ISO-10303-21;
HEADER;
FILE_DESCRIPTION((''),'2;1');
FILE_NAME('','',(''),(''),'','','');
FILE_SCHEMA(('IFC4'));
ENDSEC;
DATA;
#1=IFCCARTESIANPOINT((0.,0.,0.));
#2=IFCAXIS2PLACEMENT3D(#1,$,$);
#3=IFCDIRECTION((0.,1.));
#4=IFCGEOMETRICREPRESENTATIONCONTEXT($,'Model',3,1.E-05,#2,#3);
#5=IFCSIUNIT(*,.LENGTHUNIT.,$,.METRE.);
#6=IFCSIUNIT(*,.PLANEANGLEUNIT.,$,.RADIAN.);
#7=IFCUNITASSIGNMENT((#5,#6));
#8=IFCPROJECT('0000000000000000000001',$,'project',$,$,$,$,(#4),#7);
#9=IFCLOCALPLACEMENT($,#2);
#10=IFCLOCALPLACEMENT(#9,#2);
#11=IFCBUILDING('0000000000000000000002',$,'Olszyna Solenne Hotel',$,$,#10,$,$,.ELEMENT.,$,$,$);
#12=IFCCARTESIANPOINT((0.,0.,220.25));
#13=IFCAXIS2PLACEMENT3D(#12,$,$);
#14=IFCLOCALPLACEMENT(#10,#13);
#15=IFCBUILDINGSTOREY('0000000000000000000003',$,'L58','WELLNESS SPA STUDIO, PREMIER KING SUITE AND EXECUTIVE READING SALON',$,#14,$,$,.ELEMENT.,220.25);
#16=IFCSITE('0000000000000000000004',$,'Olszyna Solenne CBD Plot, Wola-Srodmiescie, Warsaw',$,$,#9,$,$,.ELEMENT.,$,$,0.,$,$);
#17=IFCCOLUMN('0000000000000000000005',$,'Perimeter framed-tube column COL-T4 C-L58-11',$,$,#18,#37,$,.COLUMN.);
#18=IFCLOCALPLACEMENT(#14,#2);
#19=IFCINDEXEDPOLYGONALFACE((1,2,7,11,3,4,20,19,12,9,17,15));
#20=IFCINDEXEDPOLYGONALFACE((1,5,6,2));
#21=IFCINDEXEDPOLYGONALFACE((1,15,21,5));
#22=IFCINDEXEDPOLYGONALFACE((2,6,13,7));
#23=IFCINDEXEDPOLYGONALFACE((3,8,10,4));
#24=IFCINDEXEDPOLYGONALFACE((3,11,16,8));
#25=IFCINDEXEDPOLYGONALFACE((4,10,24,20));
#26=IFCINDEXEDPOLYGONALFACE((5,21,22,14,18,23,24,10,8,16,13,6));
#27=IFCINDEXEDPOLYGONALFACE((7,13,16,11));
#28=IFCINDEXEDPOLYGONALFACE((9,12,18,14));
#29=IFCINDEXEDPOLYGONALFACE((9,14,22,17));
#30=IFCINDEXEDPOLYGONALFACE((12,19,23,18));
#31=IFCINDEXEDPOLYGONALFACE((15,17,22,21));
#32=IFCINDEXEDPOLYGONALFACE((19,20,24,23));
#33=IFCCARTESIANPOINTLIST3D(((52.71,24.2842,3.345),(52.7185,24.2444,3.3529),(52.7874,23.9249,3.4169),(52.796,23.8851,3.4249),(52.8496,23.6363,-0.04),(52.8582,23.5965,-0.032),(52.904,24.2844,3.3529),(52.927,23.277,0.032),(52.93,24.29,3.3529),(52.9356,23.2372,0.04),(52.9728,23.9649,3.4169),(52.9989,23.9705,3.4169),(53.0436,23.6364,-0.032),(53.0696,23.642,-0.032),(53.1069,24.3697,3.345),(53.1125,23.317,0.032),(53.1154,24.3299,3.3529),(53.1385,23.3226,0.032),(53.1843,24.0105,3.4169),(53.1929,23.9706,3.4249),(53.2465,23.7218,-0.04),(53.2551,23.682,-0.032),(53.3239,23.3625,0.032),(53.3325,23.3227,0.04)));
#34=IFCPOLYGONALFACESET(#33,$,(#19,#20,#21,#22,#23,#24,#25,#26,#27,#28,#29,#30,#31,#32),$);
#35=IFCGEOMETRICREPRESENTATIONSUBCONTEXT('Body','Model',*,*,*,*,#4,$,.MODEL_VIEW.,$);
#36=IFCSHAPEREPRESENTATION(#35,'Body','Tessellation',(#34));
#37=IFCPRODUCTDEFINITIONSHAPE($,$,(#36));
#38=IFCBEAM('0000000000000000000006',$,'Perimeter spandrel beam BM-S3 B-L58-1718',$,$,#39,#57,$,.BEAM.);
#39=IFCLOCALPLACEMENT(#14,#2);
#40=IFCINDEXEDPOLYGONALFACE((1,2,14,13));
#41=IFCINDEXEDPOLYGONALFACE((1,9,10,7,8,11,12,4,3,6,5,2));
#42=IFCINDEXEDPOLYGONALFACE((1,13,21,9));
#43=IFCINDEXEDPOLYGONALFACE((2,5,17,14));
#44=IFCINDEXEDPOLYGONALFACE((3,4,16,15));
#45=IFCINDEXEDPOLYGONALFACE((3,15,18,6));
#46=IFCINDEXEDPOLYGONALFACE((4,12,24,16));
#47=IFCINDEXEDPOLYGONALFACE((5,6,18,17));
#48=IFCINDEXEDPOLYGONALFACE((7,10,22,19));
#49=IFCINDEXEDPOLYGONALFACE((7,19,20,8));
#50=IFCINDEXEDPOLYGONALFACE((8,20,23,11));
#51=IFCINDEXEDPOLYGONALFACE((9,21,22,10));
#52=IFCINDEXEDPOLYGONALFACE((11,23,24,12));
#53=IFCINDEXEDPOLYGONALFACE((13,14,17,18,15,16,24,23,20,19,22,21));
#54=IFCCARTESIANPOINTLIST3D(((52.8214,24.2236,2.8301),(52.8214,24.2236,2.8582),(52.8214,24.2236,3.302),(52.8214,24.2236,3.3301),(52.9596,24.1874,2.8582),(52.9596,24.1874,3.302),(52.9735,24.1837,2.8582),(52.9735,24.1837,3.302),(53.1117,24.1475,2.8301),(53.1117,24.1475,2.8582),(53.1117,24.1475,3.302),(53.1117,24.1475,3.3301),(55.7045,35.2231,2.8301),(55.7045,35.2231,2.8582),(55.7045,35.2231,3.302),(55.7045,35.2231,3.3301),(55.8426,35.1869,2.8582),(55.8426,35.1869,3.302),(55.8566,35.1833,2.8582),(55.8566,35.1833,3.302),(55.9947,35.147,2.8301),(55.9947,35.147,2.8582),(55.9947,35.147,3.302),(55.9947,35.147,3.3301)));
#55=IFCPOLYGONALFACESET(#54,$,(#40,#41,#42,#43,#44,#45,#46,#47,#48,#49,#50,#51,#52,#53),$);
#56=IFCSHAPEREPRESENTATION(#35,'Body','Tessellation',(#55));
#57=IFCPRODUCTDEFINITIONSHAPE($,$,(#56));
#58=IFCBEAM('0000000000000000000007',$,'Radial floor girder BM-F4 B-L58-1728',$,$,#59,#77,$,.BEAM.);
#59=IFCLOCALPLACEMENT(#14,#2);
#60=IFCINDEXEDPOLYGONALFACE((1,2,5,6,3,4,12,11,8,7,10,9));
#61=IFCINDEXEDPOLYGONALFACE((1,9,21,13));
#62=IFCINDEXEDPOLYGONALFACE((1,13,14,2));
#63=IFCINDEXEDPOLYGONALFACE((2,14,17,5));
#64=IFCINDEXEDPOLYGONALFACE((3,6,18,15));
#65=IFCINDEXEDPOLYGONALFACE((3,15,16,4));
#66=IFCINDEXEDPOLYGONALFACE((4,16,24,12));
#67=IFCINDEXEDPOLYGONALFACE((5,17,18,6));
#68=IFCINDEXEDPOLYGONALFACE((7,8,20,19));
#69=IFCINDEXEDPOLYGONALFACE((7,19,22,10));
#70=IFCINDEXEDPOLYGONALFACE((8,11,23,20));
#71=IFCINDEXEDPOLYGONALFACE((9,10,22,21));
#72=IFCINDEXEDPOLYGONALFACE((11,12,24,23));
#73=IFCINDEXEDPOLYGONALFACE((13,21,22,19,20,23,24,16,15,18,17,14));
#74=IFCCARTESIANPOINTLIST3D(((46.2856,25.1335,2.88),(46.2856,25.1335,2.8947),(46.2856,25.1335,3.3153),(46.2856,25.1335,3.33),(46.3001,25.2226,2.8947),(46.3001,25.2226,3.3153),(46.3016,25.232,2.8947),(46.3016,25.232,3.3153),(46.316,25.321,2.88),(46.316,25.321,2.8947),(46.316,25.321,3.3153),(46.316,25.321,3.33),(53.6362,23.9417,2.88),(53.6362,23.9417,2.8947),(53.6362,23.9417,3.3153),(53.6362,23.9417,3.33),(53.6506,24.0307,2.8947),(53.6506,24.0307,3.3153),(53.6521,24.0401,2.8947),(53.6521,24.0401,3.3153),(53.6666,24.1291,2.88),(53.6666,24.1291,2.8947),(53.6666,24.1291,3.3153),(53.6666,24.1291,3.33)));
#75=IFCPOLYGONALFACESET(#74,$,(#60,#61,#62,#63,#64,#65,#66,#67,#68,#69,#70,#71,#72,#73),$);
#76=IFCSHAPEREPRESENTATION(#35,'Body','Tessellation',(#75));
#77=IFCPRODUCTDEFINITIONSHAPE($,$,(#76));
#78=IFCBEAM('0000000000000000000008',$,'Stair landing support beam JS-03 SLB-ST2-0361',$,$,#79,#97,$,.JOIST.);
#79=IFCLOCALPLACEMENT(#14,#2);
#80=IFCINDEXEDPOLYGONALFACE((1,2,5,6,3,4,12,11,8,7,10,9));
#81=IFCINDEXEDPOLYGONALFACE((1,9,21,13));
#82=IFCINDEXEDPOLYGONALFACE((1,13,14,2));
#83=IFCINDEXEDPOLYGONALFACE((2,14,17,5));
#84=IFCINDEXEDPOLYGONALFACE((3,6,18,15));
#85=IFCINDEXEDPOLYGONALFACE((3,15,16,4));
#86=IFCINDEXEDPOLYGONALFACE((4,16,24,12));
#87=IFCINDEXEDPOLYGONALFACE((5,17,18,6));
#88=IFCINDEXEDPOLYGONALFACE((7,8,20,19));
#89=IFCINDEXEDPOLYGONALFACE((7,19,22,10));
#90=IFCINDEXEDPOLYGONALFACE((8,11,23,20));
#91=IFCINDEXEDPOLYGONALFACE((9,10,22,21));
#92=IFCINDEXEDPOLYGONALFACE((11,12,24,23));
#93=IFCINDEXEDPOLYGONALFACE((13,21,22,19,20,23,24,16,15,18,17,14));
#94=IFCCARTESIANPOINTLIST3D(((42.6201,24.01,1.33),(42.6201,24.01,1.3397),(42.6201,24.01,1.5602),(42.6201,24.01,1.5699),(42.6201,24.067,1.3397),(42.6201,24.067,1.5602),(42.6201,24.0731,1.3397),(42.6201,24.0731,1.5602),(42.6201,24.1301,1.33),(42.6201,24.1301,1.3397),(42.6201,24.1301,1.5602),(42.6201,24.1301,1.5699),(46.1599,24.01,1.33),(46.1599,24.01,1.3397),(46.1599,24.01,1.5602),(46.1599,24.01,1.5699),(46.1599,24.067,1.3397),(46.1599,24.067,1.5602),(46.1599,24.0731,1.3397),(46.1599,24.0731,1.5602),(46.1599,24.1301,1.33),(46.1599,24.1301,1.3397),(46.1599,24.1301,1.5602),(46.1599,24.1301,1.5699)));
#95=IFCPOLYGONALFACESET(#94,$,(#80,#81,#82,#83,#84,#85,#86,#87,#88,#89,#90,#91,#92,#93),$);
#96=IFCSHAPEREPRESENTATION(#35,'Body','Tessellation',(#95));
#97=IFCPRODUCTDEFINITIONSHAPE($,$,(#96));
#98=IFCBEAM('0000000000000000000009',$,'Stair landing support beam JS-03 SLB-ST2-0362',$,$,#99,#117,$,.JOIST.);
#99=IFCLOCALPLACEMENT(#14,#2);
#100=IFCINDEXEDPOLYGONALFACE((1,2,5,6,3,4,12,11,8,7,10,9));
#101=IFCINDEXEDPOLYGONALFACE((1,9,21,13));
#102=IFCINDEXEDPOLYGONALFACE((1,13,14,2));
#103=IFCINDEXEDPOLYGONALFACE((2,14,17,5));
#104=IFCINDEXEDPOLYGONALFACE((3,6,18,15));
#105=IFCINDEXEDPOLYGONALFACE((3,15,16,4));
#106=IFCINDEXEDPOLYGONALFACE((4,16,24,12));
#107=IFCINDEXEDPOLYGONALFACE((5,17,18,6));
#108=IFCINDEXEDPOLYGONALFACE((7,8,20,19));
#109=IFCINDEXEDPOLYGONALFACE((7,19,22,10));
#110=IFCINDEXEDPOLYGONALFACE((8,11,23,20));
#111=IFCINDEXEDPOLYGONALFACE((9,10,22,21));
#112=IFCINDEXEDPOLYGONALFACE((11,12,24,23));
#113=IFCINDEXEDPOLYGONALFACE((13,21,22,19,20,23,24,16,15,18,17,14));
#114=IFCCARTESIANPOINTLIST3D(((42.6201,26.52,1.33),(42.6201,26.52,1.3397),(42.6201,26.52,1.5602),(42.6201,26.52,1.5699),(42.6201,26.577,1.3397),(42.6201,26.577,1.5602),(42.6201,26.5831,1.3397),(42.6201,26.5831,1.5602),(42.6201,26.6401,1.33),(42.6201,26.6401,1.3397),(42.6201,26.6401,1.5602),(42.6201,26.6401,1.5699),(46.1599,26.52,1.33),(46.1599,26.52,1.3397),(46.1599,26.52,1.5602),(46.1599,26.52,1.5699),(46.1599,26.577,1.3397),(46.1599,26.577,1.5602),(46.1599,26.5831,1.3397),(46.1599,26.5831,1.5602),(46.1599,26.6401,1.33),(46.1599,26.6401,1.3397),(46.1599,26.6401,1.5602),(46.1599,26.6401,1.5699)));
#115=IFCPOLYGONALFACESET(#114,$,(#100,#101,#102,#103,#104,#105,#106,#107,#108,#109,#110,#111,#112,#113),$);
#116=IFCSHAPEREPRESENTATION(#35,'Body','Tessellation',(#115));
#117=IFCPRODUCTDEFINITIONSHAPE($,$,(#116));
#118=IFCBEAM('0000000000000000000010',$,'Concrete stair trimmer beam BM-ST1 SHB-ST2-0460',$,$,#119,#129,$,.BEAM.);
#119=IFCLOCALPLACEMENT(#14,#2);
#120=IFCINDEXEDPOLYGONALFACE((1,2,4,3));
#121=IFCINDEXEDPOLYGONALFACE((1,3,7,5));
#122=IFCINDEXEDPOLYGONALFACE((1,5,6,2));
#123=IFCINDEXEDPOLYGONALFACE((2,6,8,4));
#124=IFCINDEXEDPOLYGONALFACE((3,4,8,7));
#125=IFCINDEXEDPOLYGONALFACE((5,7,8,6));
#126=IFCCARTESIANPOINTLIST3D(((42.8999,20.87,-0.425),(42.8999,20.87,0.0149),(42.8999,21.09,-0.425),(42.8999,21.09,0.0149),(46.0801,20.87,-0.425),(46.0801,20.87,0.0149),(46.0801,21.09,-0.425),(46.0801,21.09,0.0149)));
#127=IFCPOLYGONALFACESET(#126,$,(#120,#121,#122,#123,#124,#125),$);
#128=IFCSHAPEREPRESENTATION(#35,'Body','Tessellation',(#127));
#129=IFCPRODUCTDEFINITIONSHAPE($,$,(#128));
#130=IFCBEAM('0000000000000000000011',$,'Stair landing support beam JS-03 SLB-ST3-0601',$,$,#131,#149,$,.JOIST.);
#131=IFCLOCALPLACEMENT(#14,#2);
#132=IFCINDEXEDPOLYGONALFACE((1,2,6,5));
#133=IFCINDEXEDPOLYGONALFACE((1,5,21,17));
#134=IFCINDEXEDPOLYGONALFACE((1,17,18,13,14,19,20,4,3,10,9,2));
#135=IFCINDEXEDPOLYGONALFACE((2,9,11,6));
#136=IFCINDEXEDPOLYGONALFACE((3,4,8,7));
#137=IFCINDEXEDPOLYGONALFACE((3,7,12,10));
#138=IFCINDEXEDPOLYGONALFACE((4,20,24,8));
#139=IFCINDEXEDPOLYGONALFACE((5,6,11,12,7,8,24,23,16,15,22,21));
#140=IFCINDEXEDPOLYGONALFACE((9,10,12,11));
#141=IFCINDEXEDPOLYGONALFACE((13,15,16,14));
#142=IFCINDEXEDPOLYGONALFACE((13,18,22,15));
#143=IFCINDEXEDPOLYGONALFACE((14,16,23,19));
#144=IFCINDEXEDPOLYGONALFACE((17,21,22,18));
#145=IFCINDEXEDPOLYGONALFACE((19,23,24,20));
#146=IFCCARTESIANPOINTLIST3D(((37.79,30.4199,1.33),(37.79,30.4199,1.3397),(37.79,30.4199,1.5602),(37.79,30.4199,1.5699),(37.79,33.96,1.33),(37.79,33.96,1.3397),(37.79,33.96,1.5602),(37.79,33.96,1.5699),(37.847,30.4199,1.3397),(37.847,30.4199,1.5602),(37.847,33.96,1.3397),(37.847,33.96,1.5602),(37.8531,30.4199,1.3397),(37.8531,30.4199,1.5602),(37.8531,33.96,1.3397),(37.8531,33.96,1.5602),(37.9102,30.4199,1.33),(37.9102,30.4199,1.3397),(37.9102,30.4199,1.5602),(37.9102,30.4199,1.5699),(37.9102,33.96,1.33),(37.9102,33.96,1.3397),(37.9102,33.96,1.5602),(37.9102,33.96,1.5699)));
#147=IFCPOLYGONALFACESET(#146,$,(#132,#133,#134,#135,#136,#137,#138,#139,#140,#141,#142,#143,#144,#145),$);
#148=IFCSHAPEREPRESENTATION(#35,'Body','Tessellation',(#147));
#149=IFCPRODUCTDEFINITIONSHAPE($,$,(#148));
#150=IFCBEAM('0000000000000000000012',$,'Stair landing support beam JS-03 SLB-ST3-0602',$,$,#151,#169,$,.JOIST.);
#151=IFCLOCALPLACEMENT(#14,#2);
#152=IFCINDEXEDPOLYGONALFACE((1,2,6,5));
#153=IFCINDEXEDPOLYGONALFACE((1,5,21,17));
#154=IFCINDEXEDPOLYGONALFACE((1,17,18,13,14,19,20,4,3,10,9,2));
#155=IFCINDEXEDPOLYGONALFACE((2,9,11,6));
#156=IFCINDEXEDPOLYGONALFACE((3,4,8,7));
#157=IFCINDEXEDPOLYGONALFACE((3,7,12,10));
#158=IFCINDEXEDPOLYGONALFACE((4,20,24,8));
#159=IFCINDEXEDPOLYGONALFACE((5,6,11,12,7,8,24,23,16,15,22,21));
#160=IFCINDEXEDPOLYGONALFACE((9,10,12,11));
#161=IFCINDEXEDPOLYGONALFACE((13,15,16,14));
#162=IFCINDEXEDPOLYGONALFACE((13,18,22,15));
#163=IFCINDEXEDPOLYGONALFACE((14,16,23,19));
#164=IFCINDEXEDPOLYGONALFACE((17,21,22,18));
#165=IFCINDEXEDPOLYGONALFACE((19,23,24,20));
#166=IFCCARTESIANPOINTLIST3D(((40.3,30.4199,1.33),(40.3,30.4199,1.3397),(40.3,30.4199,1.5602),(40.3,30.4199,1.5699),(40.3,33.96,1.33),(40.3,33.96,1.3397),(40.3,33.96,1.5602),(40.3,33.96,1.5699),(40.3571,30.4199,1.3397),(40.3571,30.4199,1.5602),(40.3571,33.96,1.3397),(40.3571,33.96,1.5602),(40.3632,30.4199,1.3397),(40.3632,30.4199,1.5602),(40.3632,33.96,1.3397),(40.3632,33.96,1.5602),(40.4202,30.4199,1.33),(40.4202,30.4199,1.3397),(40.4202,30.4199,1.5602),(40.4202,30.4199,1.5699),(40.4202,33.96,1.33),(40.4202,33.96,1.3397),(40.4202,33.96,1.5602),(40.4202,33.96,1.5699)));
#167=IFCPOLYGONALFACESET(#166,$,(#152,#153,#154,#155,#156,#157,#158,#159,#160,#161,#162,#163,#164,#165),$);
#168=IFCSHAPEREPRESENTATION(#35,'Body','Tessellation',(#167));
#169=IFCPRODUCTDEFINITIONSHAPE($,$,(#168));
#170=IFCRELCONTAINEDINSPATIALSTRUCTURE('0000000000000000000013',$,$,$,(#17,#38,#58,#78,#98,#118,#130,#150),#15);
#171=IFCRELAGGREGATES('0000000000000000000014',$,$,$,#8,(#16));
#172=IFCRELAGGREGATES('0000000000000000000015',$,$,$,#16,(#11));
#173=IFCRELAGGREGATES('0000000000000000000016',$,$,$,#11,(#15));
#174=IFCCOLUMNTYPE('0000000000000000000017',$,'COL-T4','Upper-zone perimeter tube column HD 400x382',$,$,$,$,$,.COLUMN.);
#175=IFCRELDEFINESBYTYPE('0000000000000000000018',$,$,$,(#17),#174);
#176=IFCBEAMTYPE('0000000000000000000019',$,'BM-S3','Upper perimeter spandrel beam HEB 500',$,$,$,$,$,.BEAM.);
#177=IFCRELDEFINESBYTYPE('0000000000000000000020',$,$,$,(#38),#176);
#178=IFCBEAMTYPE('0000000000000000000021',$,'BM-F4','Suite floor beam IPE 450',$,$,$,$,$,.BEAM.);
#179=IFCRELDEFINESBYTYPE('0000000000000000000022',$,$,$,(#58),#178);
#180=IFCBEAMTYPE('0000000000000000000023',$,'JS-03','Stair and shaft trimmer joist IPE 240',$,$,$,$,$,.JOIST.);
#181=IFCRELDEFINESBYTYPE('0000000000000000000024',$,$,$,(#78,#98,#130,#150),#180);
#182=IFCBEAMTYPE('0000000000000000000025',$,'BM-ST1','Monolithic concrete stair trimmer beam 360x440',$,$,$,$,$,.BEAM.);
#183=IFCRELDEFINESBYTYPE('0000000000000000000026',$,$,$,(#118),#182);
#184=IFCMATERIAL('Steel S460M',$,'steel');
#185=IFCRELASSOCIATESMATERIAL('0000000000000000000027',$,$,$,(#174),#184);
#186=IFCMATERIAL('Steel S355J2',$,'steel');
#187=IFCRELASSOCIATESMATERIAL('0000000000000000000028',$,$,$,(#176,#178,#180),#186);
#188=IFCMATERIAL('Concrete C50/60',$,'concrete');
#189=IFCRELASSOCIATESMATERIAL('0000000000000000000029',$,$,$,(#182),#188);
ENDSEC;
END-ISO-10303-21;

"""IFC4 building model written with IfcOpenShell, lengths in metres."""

from ifc_helpers import new_model, si_unit, direction, frame, origin, origin_2d, place, context, subcontext, project, spatial, rectangle, i_section, extrude, source, transform, mapped, material, material_profile, profile_set, type_object, element, save


model = new_model("IFC4")

# Units and contexts
model_context = context("Model", 3, precision=1e-05, world=origin(), true_north=direction((0.0, 1.0)))
body_context = subcontext(model_context, "Body", "Model", "MODEL_VIEW")
ifc_project = project(units=[si_unit("LENGTHUNIT", "METRE"), si_unit("PLANEANGLEUNIT", "RADIAN")], contexts=[model_context])

# Site, building, storey
site_placement = place(None, origin())
site = spatial("IfcSite", under=ifc_project, at=site_placement, Name="Olszyna Solenne CBD Plot, Wola-Srodmiescie, Warsaw", CompositionType="ELEMENT", RefElevation=0.0)
building_placement = place(site_placement, origin())
building = spatial("IfcBuilding", under=site, at=building_placement, Name="Olszyna Solenne Hotel", CompositionType="ELEMENT")
storey_placement = place(building_placement, frame((0.0, 0.0, 220.25)))
storey = spatial("IfcBuildingStorey", under=building, at=storey_placement, Name="L58", Description="WELLNESS SPA STUDIO, PREMIER KING SUITE AND EXECUTIVE READING SALON", CompositionType="ELEMENT", Elevation=220.25)

# Column
ifc_material_1 = material(Name="Steel S460M", Category="steel")
ifc_material_profile_1 = material_profile(ifc_material_1, i_section(OverallWidth=0.406, OverallDepth=0.416, WebThickness=0.0266, FlangeThickness=0.0415, at=origin_2d()), Name="HD 400x382", Category="load-bearing")
ifc_profile_set_1 = profile_set([ifc_material_profile_1], Name="Steel S460M")
column_type = type_object("IfcColumnType", Name="COL-T4", Description="Upper-zone perimeter tube column HD 400x382", PredefinedType="COLUMN", material=ifc_profile_set_1)
shared_shape_1 = source(origin(), body_context, "Body", "SweptSolid", [
    extrude(i_section(OverallWidth=0.406, OverallDepth=0.416, WebThickness=0.0266, FlangeThickness=0.0415, at=origin_2d()), origin(), (0.0, 0.0, 1.0), 3.4492),
])
column_placement = place(storey_placement, frame((53.0911, 23.4795, 0.0), z_axis=(-0.040486, 0.18785, 0.981363), x_axis=(-0.977554, -0.210686, 0.0)))
element("IfcColumn", 1, at=column_placement, inside=storey, type_object=column_type, Name="Perimeter framed-tube column COL-T4 C-L58-11", PredefinedType="COLUMN", context=body_context, shape_type="MappedRepresentation", body=[
    mapped(shared_shape_1, transform((0.0, 0.0, 0.0), x_axis=(1.0, 0.0, 0.0), y_axis=(0.0, 1.0, 0.0), z_axis=(0.0, 0.0, 1.0), scale=1.0)),
])

# Beams
ifc_material_2 = material(Name="Steel S355J2", Category="steel")
ifc_material_profile_2 = material_profile(ifc_material_2, i_section(OverallWidth=0.3, OverallDepth=0.5, WebThickness=0.0144, FlangeThickness=0.0281, at=origin_2d()), Name="HEB 500", Category="load-bearing")
ifc_profile_set_2 = profile_set([ifc_material_profile_2], Name="Steel S355J2")
beam_type_1 = type_object("IfcBeamType", Name="BM-S3", Description="Upper perimeter spandrel beam HEB 500", PredefinedType="BEAM", material=ifc_profile_set_2)
shared_shape_2 = source(origin(), body_context, "Body", "SweptSolid", [
    extrude(i_section(OverallWidth=0.3, OverallDepth=0.5, WebThickness=0.0144, FlangeThickness=0.0281, at=origin_2d()), origin(), (0.0, 0.0, 1.0), 11.3711),
])
beam_1_placement = place(storey_placement, frame((52.9666, 24.1855, 3.0801), z_axis=(0.253543, 0.967324, 0.0), x_axis=(-0.967324, 0.253543, 0.0)))
element("IfcBeam", 2, at=beam_1_placement, inside=storey, type_object=beam_type_1, Name="Perimeter spandrel beam BM-S3 B-L58-1718", PredefinedType="BEAM", context=body_context, shape_type="MappedRepresentation", body=[
    mapped(shared_shape_2, transform((0.0, 0.0, 0.0), x_axis=(1.0, 0.0, 0.0), y_axis=(0.0, 1.0, 0.0), z_axis=(0.0, 0.0, 1.0), scale=1.0)),
])
ifc_material_profile_3 = material_profile(ifc_material_2, i_section(OverallWidth=0.1899, OverallDepth=0.45, WebThickness=0.0095, FlangeThickness=0.0146, at=origin_2d()), Name="IPE 450", Category="load-bearing")
ifc_profile_set_3 = profile_set([ifc_material_profile_3], Name="Steel S355J2")
beam_type_2 = type_object("IfcBeamType", Name="BM-F4", Description="Suite floor beam IPE 450", PredefinedType="BEAM", material=ifc_profile_set_3)
shared_shape_3 = source(origin(), body_context, "Body", "SweptSolid", [
    extrude(i_section(OverallWidth=0.1899, OverallDepth=0.45, WebThickness=0.0095, FlangeThickness=0.0146, at=origin_2d()), origin(), (0.0, 0.0, 1.0), 7.4465),
])
beam_2_placement = place(storey_placement, frame((53.6514, 24.0354, 3.105), z_axis=(-0.987107, 0.160059, 0.0), x_axis=(-0.160059, -0.987107, 0.0)))
element("IfcBeam", 3, at=beam_2_placement, inside=storey, type_object=beam_type_2, Name="Radial floor girder BM-F4 B-L58-1728", PredefinedType="BEAM", context=body_context, shape_type="MappedRepresentation", body=[
    mapped(shared_shape_3, transform((0.0, 0.0, 0.0), x_axis=(1.0, 0.0, 0.0), y_axis=(0.0, 1.0, 0.0), z_axis=(0.0, 0.0, 1.0), scale=1.0)),
])
ifc_material_profile_4 = material_profile(ifc_material_2, i_section(OverallWidth=0.1201, OverallDepth=0.24, WebThickness=0.0061, FlangeThickness=0.0098, at=origin_2d()), Name="IPE 240", Category="load-bearing")
ifc_profile_set_4 = profile_set([ifc_material_profile_4], Name="Steel S355J2")
beam_type_3 = type_object("IfcBeamType", Name="JS-03", Description="Stair and shaft trimmer joist IPE 240", PredefinedType="JOIST", material=ifc_profile_set_4)
shared_shape_4 = source(origin(), body_context, "Body", "SweptSolid", [
    extrude(i_section(OverallWidth=0.1201, OverallDepth=0.24, WebThickness=0.0061, FlangeThickness=0.0098, at=origin_2d()), origin(), (0.0, 0.0, 1.0), 3.5398),
])
for number, where, z_axis, x_axis, name in (
    (4, (46.1599, 24.0701, 1.45), (-1.0, 0.0, 0.0), (0.0, -1.0, 0.0), "Stair landing support beam JS-03 SLB-ST2-0361"),
    (5, (46.1599, 26.5801, 1.45), (-1.0, 0.0, 0.0), (0.0, -1.0, 0.0), "Stair landing support beam JS-03 SLB-ST2-0362"),
):
    element("IfcBeam", number, at=place(storey_placement, frame(where, z_axis=z_axis, x_axis=x_axis)), inside=storey, type_object=beam_type_3, Name=name, PredefinedType="JOIST", context=body_context, shape_type="MappedRepresentation", body=[
        mapped(shared_shape_4, transform((0.0, 0.0, 0.0), x_axis=(1.0, 0.0, 0.0), y_axis=(0.0, 1.0, 0.0), z_axis=(0.0, 0.0, 1.0), scale=1.0)),
    ])
ifc_material_3 = material(Name="Concrete C50/60", Category="concrete")
ifc_material_profile_5 = material_profile(ifc_material_3, rectangle(XDim=0.22, YDim=0.4399, at=origin_2d()), Name="RC 220x440", Category="load-bearing")
ifc_profile_set_5 = profile_set([ifc_material_profile_5], Name="Concrete C50/60")
beam_type_4 = type_object("IfcBeamType", Name="BM-ST1", Description="Monolithic concrete stair trimmer beam 360x440", PredefinedType="BEAM", material=ifc_profile_set_5)
shared_shape_5 = source(origin(), body_context, "Body", "SweptSolid", [
    extrude(rectangle(XDim=0.22, YDim=0.4399, at=origin_2d()), origin(), (0.0, 0.0, 1.0), 3.1802),
])
beam_3_placement = place(storey_placement, frame((46.0801, 20.98, -0.2051), z_axis=(-1.0, 0.0, 0.0), x_axis=(0.0, -1.0, 0.0)))
element("IfcBeam", 6, at=beam_3_placement, inside=storey, type_object=beam_type_4, Name="Concrete stair trimmer beam BM-ST1 SHB-ST2-0460", PredefinedType="BEAM", context=body_context, shape_type="MappedRepresentation", body=[
    mapped(shared_shape_5, transform((0.0, 0.0, 0.0), x_axis=(1.0, 0.0, 0.0), y_axis=(0.0, 1.0, 0.0), z_axis=(0.0, 0.0, 1.0), scale=1.0)),
])
shared_shape_6 = source(origin(), body_context, "Body", "SweptSolid", [
    extrude(i_section(OverallWidth=0.1201, OverallDepth=0.24, WebThickness=0.0061, FlangeThickness=0.0098, at=origin_2d()), origin(), (0.0, 0.0, 1.0), 3.54),
])
for number, where, z_axis, x_axis, name in (
    (7, (37.8501, 30.4199, 1.45), (0.0, 1.0, 0.0), (-1.0, 0.0, 0.0), "Stair landing support beam JS-03 SLB-ST3-0601"),
    (8, (40.3601, 30.4199, 1.45), (0.0, 1.0, 0.0), (-1.0, 0.0, 0.0), "Stair landing support beam JS-03 SLB-ST3-0602"),
):
    element("IfcBeam", number, at=place(storey_placement, frame(where, z_axis=z_axis, x_axis=x_axis)), inside=storey, type_object=beam_type_3, Name=name, PredefinedType="JOIST", context=body_context, shape_type="MappedRepresentation", body=[
        mapped(shared_shape_6, transform((0.0, 0.0, 0.0), x_axis=(1.0, 0.0, 0.0), y_axis=(0.0, 1.0, 0.0), z_axis=(0.0, 0.0, 1.0), scale=1.0)),
    ])

save(model, "model.ifc")
